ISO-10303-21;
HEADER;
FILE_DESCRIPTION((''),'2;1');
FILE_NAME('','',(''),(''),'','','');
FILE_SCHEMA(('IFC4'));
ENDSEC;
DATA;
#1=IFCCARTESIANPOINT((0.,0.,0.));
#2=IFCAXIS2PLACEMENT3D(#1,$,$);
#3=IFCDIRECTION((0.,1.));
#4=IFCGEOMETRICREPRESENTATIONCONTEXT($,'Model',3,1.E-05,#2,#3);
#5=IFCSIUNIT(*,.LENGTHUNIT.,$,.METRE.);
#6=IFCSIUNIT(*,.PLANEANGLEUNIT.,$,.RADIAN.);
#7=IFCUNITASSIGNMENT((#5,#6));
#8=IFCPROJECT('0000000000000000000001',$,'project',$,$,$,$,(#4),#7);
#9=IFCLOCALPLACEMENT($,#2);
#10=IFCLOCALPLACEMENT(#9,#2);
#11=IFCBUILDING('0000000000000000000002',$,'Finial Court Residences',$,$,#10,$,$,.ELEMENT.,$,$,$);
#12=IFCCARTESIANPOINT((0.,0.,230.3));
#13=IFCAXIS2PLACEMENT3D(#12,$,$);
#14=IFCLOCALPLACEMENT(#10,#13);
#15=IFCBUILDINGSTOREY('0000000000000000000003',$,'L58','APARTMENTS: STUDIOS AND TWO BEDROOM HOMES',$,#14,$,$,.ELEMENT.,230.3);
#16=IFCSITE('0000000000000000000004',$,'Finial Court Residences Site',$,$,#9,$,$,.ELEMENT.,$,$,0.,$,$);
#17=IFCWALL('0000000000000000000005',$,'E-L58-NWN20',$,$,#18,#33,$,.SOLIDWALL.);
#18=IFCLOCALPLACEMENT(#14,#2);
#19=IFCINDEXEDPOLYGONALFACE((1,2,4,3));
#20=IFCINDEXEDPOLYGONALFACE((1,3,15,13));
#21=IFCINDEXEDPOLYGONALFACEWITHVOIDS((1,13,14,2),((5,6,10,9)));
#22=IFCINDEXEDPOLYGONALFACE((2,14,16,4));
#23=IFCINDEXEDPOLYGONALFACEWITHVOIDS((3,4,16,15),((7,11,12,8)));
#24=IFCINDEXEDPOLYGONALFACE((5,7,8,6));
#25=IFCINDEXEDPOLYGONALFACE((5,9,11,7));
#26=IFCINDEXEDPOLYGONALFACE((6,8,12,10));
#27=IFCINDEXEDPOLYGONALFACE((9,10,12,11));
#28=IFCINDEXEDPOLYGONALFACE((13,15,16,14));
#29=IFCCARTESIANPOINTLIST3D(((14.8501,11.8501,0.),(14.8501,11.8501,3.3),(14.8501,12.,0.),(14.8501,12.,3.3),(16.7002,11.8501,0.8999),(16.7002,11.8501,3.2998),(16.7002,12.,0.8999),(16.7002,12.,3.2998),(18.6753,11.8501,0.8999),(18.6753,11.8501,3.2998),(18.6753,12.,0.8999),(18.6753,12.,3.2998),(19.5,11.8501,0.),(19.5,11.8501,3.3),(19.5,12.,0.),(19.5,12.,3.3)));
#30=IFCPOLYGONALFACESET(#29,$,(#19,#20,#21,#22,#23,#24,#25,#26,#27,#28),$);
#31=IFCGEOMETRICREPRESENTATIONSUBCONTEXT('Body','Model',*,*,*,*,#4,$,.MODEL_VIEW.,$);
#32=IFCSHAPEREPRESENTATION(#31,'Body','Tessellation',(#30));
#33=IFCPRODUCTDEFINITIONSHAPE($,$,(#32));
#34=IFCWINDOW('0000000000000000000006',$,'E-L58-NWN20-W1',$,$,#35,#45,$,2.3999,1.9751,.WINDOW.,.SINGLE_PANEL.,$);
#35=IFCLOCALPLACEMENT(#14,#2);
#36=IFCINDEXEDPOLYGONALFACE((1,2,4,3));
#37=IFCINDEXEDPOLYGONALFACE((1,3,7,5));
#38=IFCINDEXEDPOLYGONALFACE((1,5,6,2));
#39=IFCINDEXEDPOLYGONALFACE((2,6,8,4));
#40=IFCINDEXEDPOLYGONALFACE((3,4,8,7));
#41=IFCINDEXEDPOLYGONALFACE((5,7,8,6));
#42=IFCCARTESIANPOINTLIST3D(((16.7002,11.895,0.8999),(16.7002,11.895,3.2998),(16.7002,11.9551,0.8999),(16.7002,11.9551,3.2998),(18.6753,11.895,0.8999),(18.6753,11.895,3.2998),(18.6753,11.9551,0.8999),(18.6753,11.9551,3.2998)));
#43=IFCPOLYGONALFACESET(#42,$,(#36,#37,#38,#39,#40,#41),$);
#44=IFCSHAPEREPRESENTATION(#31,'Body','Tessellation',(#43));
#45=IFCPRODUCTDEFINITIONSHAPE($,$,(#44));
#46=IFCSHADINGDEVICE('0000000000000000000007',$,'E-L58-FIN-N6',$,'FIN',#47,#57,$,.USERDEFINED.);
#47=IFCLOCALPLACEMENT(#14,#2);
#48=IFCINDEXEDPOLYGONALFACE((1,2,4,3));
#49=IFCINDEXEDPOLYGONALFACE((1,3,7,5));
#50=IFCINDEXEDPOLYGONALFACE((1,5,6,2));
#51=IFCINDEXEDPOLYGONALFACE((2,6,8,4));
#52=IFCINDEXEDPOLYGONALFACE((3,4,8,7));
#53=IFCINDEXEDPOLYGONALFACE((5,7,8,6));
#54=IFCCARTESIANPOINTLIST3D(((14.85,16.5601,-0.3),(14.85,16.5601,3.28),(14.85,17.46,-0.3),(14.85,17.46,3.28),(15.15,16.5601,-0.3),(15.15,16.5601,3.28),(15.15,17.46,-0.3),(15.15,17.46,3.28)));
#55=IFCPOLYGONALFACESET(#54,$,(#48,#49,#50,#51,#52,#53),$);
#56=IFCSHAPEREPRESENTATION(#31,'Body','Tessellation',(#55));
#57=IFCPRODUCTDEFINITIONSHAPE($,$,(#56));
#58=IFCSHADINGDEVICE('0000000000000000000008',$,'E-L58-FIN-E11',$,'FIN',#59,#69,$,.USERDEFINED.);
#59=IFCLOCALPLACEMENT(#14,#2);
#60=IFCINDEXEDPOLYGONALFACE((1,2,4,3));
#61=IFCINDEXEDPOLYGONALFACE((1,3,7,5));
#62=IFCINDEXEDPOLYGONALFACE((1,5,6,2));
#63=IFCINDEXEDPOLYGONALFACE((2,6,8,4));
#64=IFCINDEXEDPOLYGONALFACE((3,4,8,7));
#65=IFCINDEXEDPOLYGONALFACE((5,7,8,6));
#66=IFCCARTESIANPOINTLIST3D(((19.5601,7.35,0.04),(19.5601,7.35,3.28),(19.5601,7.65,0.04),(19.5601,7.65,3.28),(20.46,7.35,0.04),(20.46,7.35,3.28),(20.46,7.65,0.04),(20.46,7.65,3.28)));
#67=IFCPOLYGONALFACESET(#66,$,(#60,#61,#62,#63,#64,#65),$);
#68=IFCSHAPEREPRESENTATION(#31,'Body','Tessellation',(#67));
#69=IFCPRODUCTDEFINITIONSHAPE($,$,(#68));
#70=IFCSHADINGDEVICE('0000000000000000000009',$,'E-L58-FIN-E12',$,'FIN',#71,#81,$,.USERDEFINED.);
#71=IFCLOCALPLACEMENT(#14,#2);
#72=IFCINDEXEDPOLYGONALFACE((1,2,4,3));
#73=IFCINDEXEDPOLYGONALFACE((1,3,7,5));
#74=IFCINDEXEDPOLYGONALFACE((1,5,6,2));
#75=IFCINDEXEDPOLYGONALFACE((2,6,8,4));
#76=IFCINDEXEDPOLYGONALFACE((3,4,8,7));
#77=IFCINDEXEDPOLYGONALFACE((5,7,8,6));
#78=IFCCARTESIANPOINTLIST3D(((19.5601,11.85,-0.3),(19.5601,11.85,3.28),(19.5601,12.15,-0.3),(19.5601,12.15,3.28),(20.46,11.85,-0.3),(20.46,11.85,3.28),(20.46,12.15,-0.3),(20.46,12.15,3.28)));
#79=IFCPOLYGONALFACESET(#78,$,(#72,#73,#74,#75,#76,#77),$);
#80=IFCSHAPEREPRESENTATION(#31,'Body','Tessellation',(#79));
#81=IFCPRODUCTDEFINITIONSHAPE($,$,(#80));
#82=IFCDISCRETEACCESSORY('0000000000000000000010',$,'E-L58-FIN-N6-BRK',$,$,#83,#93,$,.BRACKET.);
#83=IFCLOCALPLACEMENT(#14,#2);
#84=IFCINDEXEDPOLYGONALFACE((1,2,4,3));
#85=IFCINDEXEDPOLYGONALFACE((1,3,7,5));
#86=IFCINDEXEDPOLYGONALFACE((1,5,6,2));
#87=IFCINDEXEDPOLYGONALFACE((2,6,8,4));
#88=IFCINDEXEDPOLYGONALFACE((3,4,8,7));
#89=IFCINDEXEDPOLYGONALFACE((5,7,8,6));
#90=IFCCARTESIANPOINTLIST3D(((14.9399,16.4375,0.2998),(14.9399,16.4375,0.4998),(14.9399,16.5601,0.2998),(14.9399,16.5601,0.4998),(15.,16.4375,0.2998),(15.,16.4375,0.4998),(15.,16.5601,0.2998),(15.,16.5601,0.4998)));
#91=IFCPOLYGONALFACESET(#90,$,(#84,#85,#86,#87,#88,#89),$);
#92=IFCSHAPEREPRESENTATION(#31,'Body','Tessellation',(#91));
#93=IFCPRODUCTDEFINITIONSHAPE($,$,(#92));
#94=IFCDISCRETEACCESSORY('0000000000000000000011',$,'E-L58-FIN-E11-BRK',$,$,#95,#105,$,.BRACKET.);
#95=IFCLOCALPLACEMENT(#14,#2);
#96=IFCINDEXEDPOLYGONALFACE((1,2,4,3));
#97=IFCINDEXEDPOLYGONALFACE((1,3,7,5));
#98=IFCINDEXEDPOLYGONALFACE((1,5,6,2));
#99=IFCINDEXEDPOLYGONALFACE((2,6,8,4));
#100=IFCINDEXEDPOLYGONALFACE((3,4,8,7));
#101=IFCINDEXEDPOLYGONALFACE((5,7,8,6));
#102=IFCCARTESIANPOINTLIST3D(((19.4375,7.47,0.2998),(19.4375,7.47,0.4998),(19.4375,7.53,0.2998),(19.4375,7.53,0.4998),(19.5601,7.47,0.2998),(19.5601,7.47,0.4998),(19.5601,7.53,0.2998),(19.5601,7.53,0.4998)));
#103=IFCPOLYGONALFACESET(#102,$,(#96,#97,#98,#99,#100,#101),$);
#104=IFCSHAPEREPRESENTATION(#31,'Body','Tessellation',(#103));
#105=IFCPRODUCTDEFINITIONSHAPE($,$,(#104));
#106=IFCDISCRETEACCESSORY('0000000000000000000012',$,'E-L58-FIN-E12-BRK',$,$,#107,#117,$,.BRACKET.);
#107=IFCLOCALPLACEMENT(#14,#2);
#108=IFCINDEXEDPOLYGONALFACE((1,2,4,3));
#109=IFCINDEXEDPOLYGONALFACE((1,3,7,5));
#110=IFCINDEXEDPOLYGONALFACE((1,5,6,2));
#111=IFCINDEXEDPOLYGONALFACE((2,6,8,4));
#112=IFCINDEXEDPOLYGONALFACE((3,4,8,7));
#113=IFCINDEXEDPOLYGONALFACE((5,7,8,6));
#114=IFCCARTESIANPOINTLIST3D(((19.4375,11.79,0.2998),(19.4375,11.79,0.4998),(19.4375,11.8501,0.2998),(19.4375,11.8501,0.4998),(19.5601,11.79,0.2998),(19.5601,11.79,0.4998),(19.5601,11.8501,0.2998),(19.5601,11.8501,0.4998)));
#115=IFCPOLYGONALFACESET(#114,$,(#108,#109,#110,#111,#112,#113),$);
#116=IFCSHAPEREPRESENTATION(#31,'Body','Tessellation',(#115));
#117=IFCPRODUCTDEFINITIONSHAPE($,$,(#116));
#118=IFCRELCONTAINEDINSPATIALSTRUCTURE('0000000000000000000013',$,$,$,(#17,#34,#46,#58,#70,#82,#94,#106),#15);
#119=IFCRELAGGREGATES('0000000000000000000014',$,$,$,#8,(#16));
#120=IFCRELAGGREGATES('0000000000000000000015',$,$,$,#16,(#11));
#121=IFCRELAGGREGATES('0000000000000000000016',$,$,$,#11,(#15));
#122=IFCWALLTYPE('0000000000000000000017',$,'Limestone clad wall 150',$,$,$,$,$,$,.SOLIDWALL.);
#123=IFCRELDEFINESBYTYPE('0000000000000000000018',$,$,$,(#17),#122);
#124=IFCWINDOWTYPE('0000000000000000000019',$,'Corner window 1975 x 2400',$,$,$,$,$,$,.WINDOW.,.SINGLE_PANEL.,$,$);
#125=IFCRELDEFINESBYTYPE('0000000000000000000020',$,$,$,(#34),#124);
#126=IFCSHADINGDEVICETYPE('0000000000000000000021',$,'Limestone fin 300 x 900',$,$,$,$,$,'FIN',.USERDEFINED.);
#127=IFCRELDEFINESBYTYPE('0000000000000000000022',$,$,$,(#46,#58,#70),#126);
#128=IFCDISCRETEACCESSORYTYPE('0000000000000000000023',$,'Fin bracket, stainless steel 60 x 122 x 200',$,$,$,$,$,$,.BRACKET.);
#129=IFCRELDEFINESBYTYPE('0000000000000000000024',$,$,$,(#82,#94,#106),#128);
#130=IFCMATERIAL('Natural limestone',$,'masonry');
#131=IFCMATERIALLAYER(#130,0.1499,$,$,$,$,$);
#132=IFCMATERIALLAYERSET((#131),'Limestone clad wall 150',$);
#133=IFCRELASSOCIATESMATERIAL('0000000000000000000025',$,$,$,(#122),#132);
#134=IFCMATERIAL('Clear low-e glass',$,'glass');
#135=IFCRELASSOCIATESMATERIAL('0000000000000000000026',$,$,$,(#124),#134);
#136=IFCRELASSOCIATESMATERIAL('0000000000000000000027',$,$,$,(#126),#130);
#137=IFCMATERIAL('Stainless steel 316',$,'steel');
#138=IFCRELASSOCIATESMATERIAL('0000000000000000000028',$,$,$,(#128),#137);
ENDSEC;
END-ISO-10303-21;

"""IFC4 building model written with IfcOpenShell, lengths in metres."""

from ifc_helpers import new_model, si_unit, direction, frame, frame_2d, origin, origin_2d, place, context, subcontext, project, spatial, rectangle, extrude, material, layer, layer_set, type_object, element, fill, save


model = new_model("IFC4")

# Units and contexts
model_context = context("Model", 3, precision=1e-05, world=origin(), true_north=direction((0.0, 1.0)))
body_context = subcontext(model_context, "Body", "Model", "MODEL_VIEW")
ifc_project = project(units=[si_unit("LENGTHUNIT", "METRE"), si_unit("PLANEANGLEUNIT", "RADIAN")], contexts=[model_context])

# Site, building, storey
site_placement = place(None, origin())
site = spatial("IfcSite", under=ifc_project, at=site_placement, Name="Finial Court Residences Site", CompositionType="ELEMENT", RefElevation=0.0)
building_placement = place(site_placement, origin())
building = spatial("IfcBuilding", under=site, at=building_placement, Name="Finial Court Residences", CompositionType="ELEMENT")
storey_placement = place(building_placement, frame((0.0, 0.0, 230.3)))
storey = spatial("IfcBuildingStorey", under=building, at=storey_placement, Name="L58", Description="APARTMENTS: STUDIOS AND TWO BEDROOM HOMES", CompositionType="ELEMENT", Elevation=230.3)

# Shared definitions
ifc_material_1 = material(Name="Clear low-e glass", Category="glass")

# Wall, opening, window
ifc_material_2 = material(Name="Natural limestone", Category="masonry")
ifc_layer_1 = layer(ifc_material_2, 0.1499)
ifc_layer_set_1 = layer_set([ifc_layer_1], Name="Limestone clad wall 150")
wall_type_1 = type_object("IfcWallType", Name="Limestone clad wall 150", PredefinedType="SOLIDWALL", material=ifc_layer_set_1)
wall_1_placement = place(storey_placement, frame((14.8501, 11.925, 0.0), z_axis=(0.0, 0.0, 1.0), x_axis=(1.0, 0.0, 0.0)))
wall_1 = element("IfcWall", 1, at=wall_1_placement, inside=storey, type_object=wall_type_1, Name="E-L58-NWN20", PredefinedType="SOLIDWALL", context=body_context, shape_type="SweptSolid", body=[
    extrude(rectangle(XDim=4.6499, YDim=0.1499, at=frame_2d((2.325, 0.0))), origin(), (0.0, 0.0, 1.0), 3.3),
])
opening_1_placement = place(wall_1_placement, frame((1.8501, 0.0, 0.8999)))
opening_1 = element("IfcOpeningElement", 2, at=opening_1_placement, cuts=wall_1, PredefinedType="OPENING", context=body_context, shape_type="SweptSolid", body=[
    extrude(rectangle(XDim=1.9751, YDim=2.3999, at=frame_2d((0.9875, 1.2))), frame((0.0, 0.085, 0.0), z_axis=(0.0, -1.0, 0.0), x_axis=(1.0, 0.0, 0.0)), (0.0, 0.0, 1.0), 0.1699),
])
window_type_1 = type_object("IfcWindowType", Name="Corner window 1975 x 2400", PartitioningType="SINGLE_PANEL", PredefinedType="WINDOW", material=ifc_material_1)
window_1_placement = place(opening_1_placement, origin())
window_1 = element("IfcWindow", 3, at=window_1_placement, inside=storey, type_object=window_type_1, Name="E-L58-NWN20-W1", OverallHeight=2.3999, OverallWidth=1.9751, PartitioningType="SINGLE_PANEL", PredefinedType="WINDOW", context=body_context, shape_type="SweptSolid", body=[
    extrude(rectangle(XDim=1.9751, YDim=2.3999, at=frame_2d((0.9875, 1.2))), frame((0.0, 0.03, 0.0), z_axis=(0.0, -1.0, 0.0), x_axis=(1.0, 0.0, 0.0)), (0.0, 0.0, 1.0), 0.0601),
])
fill(opening_1, window_1)

# Shading devices
shading_device_type = type_object("IfcShadingDeviceType", Name="Limestone fin 300 x 900", ElementType="FIN", PredefinedType="USERDEFINED", material=ifc_material_2)
shading_device_1_placement = place(storey_placement, frame((15.0, 17.01, -0.3), z_axis=(0.0, 0.0, 1.0), x_axis=(1.0, 0.0, 0.0)))
element("IfcShadingDevice", 4, at=shading_device_1_placement, inside=storey, type_object=shading_device_type, Name="E-L58-FIN-N6", ObjectType="FIN", PredefinedType="USERDEFINED", context=body_context, shape_type="SweptSolid", body=[
    extrude(rectangle(XDim=0.3, YDim=0.8999, at=origin_2d()), origin(), (0.0, 0.0, 1.0), 3.5801),
])
shading_device_2_placement = place(storey_placement, frame((20.01, 7.5, 0.04), z_axis=(0.0, 0.0, 1.0), x_axis=(1.0, 0.0, 0.0)))
element("IfcShadingDevice", 5, at=shading_device_2_placement, inside=storey, type_object=shading_device_type, Name="E-L58-FIN-E11", ObjectType="FIN", PredefinedType="USERDEFINED", context=body_context, shape_type="SweptSolid", body=[
    extrude(rectangle(XDim=0.8999, YDim=0.3, at=origin_2d()), origin(), (0.0, 0.0, 1.0), 3.24),
])
shading_device_3_placement = place(storey_placement, frame((20.01, 12.0, -0.3), z_axis=(0.0, 0.0, 1.0), x_axis=(1.0, 0.0, 0.0)))
element("IfcShadingDevice", 6, at=shading_device_3_placement, inside=storey, type_object=shading_device_type, Name="E-L58-FIN-E12", ObjectType="FIN", PredefinedType="USERDEFINED", context=body_context, shape_type="SweptSolid", body=[
    extrude(rectangle(XDim=0.8999, YDim=0.3, at=origin_2d()), origin(), (0.0, 0.0, 1.0), 3.5801),
])

# Discrete accessories
ifc_material_3 = material(Name="Stainless steel 316", Category="steel")
discrete_accessory_type = type_object("IfcDiscreteAccessoryType", Name="Fin bracket, stainless steel 60 x 122 x 200", PredefinedType="BRACKET", material=ifc_material_3)
discrete_accessory_placement = place(storey_placement, frame((14.97, 16.4988, 0.2998), z_axis=(0.0, 0.0, 1.0), x_axis=(1.0, 0.0, 0.0)))
element("IfcDiscreteAccessory", 7, at=discrete_accessory_placement, inside=storey, type_object=discrete_accessory_type, Name="E-L58-FIN-N6-BRK", PredefinedType="BRACKET", context=body_context, shape_type="SweptSolid", body=[
    extrude(rectangle(XDim=0.0601, YDim=0.1226, at=origin_2d()), origin(), (0.0, 0.0, 1.0), 0.2),
])
for number, where, z_axis, x_axis, name in (
    (8, (19.4988, 7.5, 0.2998), (0.0, 0.0, 1.0), (1.0, 0.0, 0.0), "E-L58-FIN-E11-BRK"),
    (9, (19.4988, 11.8201, 0.2998), (0.0, 0.0, 1.0), (1.0, 0.0, 0.0), "E-L58-FIN-E12-BRK"),
):
    element("IfcDiscreteAccessory", number, at=place(storey_placement, frame(where, z_axis=z_axis, x_axis=x_axis)), inside=storey, type_object=discrete_accessory_type, Name=name, PredefinedType="BRACKET", context=body_context, shape_type="SweptSolid", body=[
        extrude(rectangle(XDim=0.1226, YDim=0.0601, at=origin_2d()), origin(), (0.0, 0.0, 1.0), 0.2),
    ])

save(model, "model.ifc")
